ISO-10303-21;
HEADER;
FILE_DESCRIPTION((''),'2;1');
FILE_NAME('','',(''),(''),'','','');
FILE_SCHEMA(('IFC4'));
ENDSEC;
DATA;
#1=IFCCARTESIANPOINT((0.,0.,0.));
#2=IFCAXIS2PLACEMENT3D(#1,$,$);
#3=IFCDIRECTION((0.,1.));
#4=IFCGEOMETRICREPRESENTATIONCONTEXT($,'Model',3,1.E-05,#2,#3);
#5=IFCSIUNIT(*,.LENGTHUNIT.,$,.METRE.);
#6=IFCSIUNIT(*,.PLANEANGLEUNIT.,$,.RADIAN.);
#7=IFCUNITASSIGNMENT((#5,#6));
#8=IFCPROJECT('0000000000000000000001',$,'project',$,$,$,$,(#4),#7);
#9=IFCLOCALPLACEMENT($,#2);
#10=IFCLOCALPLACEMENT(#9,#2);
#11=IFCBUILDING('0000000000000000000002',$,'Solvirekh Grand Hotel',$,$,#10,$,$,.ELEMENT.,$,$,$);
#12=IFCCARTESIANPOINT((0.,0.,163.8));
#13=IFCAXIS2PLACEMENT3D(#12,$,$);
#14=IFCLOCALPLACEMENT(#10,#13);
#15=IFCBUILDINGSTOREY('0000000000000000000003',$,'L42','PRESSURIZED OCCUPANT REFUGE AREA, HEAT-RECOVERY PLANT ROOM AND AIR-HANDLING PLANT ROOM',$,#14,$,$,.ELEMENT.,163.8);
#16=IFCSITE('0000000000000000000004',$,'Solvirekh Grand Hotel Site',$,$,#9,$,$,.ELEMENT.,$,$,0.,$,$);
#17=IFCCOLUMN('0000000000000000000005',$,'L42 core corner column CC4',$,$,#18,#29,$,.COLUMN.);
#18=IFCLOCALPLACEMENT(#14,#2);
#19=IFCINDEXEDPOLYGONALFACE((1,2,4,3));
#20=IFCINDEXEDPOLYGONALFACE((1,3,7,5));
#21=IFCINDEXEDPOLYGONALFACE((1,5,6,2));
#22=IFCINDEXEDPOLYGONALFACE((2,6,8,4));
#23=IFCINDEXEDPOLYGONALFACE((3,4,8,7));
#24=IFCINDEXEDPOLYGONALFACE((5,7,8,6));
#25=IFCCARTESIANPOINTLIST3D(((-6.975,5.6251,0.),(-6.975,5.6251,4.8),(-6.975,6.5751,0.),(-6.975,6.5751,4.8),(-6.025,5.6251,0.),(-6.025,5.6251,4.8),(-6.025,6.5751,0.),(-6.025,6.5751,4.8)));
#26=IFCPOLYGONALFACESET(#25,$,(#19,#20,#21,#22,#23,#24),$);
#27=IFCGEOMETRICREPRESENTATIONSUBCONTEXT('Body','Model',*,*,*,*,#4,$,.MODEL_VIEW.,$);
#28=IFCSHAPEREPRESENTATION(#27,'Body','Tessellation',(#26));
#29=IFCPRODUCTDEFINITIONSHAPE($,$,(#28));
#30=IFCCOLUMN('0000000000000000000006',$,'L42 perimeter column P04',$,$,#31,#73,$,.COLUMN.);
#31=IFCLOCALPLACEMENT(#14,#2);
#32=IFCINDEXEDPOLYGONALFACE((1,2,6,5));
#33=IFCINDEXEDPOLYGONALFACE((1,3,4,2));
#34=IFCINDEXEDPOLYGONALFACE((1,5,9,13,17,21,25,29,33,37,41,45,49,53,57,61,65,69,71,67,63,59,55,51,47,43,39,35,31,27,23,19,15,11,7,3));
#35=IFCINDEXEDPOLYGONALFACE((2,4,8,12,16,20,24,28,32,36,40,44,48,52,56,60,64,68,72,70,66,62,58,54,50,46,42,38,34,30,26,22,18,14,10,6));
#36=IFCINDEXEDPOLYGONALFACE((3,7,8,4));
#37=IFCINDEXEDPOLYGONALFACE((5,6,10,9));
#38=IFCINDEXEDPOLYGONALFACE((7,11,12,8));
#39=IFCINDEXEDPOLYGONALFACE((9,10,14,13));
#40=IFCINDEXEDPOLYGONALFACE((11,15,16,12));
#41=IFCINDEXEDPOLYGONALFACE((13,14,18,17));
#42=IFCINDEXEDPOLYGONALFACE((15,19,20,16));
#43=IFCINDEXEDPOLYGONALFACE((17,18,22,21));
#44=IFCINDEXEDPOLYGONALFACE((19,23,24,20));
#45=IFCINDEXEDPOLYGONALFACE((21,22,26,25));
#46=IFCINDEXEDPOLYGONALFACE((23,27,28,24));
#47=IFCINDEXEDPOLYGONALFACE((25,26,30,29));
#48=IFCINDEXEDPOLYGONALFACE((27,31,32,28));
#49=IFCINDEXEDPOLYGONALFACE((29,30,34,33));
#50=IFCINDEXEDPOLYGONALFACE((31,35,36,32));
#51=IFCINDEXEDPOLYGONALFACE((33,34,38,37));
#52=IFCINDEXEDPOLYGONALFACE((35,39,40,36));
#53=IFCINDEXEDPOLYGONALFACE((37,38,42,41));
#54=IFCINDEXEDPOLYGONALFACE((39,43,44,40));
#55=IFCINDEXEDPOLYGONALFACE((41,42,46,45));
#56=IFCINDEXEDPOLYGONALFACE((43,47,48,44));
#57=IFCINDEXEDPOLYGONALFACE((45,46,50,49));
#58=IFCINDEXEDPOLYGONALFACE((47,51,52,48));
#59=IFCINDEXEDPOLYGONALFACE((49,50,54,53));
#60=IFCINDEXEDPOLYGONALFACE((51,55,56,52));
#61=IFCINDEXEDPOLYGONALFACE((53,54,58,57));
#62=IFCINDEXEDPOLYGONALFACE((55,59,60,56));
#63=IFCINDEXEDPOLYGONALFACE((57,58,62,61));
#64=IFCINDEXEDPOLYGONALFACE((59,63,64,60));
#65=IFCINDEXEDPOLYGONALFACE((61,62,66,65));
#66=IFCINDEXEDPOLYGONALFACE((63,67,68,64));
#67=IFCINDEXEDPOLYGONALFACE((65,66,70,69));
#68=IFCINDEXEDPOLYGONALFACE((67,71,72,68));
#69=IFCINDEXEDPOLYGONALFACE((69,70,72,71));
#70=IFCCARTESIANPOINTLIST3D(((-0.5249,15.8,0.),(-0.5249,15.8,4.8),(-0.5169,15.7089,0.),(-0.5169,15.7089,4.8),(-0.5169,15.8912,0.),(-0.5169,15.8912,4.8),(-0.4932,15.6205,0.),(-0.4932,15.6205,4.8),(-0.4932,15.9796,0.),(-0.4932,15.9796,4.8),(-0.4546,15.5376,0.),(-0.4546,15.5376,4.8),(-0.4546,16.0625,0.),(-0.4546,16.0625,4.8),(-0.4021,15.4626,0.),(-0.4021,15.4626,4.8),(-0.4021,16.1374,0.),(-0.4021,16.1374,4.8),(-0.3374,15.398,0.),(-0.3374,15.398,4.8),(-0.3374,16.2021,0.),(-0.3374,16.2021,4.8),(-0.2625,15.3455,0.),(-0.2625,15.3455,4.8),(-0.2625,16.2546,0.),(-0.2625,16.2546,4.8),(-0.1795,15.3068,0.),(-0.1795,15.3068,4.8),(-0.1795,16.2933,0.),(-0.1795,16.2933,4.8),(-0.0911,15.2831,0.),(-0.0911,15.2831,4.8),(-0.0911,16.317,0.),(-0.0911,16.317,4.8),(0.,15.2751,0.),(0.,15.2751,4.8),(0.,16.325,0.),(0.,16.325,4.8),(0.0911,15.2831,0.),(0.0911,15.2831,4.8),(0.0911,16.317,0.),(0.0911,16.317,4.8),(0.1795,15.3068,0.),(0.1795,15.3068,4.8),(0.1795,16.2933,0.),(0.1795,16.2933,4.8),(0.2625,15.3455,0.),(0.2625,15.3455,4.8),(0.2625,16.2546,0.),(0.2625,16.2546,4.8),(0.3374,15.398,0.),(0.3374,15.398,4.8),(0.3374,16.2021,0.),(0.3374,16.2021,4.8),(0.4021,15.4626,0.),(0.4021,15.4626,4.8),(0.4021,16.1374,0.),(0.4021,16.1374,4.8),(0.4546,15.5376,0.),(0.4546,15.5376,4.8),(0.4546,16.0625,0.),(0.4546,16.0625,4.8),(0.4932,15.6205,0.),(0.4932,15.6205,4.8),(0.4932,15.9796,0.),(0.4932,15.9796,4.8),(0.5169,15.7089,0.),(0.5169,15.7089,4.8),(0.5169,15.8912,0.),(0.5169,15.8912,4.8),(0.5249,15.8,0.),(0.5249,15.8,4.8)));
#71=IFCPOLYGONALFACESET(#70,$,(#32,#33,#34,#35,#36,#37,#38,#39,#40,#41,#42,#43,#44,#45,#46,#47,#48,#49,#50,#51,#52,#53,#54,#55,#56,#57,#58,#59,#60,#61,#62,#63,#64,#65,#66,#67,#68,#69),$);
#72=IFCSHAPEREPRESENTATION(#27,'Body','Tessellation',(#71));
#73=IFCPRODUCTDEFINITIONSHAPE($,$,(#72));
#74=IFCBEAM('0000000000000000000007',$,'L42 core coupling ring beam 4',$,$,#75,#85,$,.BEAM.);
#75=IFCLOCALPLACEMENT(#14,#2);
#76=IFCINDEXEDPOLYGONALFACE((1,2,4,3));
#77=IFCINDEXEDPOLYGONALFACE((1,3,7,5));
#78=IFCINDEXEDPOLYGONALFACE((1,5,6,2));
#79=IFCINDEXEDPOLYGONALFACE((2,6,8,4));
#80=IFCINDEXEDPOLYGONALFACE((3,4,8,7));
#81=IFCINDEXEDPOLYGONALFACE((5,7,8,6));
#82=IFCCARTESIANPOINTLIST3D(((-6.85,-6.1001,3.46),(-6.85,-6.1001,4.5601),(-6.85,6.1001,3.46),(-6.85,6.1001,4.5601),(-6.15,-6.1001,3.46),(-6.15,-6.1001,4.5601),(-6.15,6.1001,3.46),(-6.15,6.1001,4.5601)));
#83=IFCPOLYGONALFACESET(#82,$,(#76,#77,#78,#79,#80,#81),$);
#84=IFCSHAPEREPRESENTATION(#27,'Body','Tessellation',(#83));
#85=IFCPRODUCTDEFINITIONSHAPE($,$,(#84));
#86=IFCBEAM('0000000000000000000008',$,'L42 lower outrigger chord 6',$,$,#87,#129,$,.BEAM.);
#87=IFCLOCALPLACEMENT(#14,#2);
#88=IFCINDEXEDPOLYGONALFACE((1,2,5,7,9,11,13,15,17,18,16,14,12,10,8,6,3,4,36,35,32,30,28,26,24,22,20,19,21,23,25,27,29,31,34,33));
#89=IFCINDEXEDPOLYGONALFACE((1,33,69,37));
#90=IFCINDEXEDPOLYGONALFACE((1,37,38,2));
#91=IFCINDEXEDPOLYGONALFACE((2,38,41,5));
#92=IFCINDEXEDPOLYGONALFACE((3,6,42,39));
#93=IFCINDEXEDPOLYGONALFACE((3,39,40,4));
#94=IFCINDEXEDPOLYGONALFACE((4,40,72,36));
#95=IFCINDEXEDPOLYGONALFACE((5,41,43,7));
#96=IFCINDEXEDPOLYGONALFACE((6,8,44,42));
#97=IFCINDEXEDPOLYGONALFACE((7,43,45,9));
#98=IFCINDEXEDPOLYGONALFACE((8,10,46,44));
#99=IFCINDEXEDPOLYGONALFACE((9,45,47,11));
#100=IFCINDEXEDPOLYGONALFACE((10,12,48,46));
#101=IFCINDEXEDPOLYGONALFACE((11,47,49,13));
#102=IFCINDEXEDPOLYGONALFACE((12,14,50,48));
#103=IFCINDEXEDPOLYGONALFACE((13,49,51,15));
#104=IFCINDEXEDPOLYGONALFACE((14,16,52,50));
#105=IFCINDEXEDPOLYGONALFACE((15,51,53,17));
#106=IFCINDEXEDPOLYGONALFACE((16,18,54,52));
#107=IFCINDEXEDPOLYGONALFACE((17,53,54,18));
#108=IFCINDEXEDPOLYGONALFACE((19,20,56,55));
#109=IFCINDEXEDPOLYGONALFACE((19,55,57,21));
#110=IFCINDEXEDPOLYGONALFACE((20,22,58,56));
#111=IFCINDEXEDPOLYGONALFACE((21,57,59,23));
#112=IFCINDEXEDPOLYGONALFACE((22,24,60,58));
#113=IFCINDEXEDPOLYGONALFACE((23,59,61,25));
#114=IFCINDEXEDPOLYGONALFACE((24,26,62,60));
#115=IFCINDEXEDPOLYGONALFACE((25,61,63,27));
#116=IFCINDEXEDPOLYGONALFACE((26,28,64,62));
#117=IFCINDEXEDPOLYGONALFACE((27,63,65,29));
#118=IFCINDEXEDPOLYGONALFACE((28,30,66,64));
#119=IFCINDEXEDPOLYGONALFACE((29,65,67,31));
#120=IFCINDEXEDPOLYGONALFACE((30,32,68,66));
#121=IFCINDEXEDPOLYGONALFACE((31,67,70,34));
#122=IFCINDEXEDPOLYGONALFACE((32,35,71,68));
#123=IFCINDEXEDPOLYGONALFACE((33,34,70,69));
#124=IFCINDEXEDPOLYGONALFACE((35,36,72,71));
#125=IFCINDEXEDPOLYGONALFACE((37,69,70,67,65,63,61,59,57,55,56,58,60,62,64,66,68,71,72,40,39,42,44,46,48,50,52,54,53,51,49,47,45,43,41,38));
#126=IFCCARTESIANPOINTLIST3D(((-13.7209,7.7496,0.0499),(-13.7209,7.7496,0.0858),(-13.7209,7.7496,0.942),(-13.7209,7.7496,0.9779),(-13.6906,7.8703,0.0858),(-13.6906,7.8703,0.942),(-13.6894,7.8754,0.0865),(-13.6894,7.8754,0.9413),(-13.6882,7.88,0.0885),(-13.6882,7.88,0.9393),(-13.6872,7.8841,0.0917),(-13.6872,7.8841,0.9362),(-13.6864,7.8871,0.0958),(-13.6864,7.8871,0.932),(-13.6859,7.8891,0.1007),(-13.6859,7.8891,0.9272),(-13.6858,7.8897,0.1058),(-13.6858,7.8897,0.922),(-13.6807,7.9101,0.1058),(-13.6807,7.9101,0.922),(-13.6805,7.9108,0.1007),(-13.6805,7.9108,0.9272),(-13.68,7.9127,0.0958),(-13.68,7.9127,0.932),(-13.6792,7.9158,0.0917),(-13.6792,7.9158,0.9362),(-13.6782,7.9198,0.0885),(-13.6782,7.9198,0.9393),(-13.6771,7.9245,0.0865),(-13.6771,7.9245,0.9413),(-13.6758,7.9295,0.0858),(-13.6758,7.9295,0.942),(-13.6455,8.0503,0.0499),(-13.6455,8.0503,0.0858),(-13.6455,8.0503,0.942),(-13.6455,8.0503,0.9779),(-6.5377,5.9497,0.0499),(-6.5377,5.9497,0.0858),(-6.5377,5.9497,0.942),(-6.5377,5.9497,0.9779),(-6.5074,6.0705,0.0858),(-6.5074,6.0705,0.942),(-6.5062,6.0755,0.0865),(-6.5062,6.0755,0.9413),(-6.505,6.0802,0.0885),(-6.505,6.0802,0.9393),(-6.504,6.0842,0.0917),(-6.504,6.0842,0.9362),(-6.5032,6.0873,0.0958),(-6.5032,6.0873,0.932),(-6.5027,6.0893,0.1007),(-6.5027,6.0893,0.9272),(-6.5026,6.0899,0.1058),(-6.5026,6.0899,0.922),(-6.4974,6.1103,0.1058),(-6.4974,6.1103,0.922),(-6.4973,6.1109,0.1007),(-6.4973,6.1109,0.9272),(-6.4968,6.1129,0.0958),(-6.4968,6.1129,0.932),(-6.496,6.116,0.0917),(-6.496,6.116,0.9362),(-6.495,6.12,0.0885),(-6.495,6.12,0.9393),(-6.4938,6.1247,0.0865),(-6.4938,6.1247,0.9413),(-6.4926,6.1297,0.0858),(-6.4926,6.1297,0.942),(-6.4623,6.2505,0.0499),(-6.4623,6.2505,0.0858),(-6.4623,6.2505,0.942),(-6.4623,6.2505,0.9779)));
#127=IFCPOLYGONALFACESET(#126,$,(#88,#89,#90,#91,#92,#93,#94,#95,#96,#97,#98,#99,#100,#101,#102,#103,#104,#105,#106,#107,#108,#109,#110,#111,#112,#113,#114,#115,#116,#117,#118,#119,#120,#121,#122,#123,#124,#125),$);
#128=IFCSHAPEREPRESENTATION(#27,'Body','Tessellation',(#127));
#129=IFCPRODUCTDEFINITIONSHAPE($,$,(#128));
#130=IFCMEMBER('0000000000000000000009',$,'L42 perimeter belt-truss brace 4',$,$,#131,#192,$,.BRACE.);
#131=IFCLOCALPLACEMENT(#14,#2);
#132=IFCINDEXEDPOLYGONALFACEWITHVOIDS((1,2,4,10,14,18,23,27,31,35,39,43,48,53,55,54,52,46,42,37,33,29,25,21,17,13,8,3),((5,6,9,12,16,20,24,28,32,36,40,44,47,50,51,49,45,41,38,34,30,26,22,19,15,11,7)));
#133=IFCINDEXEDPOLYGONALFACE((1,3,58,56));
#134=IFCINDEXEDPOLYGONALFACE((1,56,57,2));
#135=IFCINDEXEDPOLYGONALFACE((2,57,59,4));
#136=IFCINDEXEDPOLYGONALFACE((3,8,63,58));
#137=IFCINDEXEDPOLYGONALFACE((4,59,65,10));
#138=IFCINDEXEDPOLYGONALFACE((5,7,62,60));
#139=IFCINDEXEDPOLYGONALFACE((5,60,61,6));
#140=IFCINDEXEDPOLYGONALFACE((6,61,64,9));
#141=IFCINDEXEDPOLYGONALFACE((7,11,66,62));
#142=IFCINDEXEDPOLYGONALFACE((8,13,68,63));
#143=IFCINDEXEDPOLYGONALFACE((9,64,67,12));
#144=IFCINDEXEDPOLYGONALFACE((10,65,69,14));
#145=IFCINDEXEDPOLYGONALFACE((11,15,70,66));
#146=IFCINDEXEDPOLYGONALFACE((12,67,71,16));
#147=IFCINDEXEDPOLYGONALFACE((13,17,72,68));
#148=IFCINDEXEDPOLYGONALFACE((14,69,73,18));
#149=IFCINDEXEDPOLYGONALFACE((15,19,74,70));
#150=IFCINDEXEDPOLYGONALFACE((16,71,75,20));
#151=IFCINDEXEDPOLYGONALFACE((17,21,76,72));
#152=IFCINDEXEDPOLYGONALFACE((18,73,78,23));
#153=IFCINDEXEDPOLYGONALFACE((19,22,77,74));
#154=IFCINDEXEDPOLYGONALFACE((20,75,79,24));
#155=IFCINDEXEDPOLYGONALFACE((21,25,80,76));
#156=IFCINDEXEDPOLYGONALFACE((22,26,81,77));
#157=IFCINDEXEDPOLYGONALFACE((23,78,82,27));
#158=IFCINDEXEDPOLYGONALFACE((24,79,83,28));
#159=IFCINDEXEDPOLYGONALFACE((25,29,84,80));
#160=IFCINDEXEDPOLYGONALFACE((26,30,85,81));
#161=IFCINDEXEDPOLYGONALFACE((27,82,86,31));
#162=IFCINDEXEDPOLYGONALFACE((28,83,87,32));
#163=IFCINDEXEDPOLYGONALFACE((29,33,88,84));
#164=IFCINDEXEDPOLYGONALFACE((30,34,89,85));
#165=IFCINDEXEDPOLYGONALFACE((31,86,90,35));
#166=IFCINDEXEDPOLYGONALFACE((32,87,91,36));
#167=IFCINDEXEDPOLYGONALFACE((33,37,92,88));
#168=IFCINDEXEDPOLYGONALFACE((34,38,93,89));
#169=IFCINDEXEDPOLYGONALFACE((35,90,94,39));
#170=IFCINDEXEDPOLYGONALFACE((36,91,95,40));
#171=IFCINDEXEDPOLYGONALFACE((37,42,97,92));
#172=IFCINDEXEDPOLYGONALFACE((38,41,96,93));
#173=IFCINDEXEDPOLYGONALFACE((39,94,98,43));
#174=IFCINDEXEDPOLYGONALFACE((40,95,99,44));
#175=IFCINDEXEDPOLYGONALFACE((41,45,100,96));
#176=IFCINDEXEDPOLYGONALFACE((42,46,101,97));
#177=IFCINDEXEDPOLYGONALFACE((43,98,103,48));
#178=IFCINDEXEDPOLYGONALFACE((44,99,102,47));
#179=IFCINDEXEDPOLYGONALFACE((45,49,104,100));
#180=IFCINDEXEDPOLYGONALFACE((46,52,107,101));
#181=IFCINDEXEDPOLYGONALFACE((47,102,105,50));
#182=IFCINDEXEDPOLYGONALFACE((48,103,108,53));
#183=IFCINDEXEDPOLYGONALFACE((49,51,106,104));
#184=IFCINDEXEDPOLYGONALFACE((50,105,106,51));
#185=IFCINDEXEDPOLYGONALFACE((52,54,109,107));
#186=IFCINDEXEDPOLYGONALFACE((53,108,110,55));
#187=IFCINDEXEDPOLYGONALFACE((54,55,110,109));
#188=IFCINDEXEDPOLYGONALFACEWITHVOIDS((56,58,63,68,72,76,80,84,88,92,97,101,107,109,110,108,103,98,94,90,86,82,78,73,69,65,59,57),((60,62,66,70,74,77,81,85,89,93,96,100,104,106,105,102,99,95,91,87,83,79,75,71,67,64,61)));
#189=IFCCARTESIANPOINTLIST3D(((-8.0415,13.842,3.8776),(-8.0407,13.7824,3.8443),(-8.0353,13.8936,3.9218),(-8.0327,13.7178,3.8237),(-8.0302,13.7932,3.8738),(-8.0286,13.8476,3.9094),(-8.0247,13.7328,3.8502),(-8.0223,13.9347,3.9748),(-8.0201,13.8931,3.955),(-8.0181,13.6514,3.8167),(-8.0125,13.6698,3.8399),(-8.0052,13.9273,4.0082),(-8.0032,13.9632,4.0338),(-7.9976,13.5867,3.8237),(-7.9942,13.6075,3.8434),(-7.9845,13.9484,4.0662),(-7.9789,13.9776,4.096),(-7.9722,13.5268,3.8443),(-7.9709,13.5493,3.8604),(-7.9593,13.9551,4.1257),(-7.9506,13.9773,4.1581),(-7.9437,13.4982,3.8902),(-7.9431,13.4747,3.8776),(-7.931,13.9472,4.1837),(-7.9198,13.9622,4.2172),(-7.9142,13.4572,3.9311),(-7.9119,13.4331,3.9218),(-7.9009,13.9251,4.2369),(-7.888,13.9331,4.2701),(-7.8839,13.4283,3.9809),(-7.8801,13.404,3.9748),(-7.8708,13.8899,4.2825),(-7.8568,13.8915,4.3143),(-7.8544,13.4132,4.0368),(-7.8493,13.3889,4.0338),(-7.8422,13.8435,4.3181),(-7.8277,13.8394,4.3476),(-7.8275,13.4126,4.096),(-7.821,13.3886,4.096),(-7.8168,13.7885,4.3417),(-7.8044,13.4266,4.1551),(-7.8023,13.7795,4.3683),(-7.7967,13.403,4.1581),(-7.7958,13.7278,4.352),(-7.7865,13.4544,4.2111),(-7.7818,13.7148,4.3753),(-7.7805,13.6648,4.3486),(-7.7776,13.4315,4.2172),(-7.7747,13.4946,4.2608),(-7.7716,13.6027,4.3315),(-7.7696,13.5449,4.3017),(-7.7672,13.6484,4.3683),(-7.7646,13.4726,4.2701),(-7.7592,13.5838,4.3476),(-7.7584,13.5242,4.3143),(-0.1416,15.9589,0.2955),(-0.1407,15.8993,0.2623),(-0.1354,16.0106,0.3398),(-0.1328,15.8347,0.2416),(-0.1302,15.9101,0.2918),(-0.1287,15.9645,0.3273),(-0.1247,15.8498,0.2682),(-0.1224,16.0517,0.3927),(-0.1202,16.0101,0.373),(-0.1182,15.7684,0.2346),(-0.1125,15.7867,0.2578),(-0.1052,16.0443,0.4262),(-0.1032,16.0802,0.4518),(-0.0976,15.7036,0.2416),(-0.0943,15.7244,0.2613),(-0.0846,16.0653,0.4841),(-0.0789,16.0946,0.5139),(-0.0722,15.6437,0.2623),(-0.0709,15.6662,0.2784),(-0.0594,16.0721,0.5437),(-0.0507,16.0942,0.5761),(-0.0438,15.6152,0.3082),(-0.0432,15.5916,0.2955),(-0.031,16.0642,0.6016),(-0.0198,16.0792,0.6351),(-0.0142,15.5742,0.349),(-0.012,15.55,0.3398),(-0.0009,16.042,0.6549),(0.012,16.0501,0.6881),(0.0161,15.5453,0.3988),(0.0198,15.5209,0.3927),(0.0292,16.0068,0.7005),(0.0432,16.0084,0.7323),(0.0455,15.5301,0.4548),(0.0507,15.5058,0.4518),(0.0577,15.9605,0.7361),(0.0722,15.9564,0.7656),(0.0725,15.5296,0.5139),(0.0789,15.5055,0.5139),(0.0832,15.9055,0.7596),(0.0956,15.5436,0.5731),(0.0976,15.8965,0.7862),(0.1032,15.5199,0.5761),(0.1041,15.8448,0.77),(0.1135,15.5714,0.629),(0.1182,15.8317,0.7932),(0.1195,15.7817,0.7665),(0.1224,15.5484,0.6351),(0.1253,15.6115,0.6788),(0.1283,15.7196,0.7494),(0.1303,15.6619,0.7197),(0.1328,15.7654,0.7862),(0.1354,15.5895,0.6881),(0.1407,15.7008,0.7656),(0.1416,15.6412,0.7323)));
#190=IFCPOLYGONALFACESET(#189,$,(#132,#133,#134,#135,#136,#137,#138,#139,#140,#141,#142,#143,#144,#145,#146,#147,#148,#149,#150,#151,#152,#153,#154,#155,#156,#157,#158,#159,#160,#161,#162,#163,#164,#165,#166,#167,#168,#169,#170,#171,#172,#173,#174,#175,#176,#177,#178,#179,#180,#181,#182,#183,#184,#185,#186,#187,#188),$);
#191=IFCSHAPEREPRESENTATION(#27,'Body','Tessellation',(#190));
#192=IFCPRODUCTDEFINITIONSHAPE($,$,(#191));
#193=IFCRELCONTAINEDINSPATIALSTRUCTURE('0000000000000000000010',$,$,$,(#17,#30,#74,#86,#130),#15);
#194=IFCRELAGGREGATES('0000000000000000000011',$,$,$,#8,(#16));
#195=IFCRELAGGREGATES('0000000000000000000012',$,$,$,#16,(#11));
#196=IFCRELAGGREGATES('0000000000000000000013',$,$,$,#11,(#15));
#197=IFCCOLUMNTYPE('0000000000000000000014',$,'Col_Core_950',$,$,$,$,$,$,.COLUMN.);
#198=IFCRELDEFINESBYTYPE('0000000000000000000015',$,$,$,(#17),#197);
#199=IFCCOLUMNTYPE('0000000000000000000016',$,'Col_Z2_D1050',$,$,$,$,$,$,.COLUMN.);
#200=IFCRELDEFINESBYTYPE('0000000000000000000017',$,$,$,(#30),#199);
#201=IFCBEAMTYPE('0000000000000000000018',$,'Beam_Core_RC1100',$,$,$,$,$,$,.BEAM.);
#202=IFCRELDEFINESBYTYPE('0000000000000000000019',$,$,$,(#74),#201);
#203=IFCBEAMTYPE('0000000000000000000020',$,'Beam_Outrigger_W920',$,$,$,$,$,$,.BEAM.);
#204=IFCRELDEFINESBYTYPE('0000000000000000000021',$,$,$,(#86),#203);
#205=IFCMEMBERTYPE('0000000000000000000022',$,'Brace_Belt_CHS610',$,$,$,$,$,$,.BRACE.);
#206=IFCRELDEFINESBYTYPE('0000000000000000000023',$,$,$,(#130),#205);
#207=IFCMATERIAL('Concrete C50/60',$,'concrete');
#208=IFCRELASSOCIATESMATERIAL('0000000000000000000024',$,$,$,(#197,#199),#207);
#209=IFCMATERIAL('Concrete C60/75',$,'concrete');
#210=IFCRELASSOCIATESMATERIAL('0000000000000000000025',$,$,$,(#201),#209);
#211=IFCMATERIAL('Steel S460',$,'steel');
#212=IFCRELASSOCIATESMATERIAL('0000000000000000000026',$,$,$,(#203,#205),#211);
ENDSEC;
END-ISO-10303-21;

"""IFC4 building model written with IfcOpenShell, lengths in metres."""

from ifc_helpers import new_model, si_unit, direction, frame, origin, origin_2d, place, context, subcontext, project, spatial, rectangle, circle, hollow_circle, i_section, extrude, material, material_profile, profile_set, type_object, element, save


model = new_model("IFC4")

# Units and contexts
model_context = context("Model", 3, precision=1e-05, world=origin(), true_north=direction((0.0, 1.0)))
body_context = subcontext(model_context, "Body", "Model", "MODEL_VIEW")
ifc_project = project(units=[si_unit("LENGTHUNIT", "METRE"), si_unit("PLANEANGLEUNIT", "RADIAN")], contexts=[model_context])

# Site, building, storey
site_placement = place(None, origin())
site = spatial("IfcSite", under=ifc_project, at=site_placement, Name="Solvirekh Grand Hotel Site", CompositionType="ELEMENT", RefElevation=0.0)
building_placement = place(site_placement, origin())
building = spatial("IfcBuilding", under=site, at=building_placement, Name="Solvirekh Grand Hotel", CompositionType="ELEMENT")
storey_placement = place(building_placement, frame((0.0, 0.0, 163.8)))
storey = spatial("IfcBuildingStorey", under=building, at=storey_placement, Name="L42", Description="PRESSURIZED OCCUPANT REFUGE AREA, HEAT-RECOVERY PLANT ROOM AND AIR-HANDLING PLANT ROOM", CompositionType="ELEMENT", Elevation=163.8)

# Columns
ifc_material_1 = material(Name="Concrete C50/60", Category="concrete")
ifc_material_profile_1 = material_profile(ifc_material_1, rectangle(XDim=0.95, YDim=0.95, at=origin_2d()), Name="RC 950X950")
ifc_profile_set_1 = profile_set([ifc_material_profile_1], Name="Concrete C50/60")
column_type_1 = type_object("IfcColumnType", Name="Col_Core_950", PredefinedType="COLUMN", material=ifc_profile_set_1)
column_1_placement = place(storey_placement, frame((-6.5, 6.1001, 0.0), z_axis=(0.0, 0.0, 1.0), x_axis=(1.0, 0.0, 0.0)))
element("IfcColumn", 1, at=column_1_placement, inside=storey, type_object=column_type_1, Name="L42 core corner column CC4", PredefinedType="COLUMN", context=body_context, shape_type="SweptSolid", body=[
    extrude(rectangle(XDim=0.95, YDim=0.95, at=origin_2d()), origin(), (0.0, 0.0, 1.0), 4.8),
])
ifc_material_profile_2 = material_profile(ifc_material_1, circle(Radius=0.5249, at=origin_2d()), Name="RC CIRC D1050")
ifc_profile_set_2 = profile_set([ifc_material_profile_2], Name="Concrete C50/60")
column_type_2 = type_object("IfcColumnType", Name="Col_Z2_D1050", PredefinedType="COLUMN", material=ifc_profile_set_2)
column_2_placement = place(storey_placement, frame((0.0, 15.8, 0.0), z_axis=(0.0, 0.0, 1.0), x_axis=(1.0, 0.0, 0.0)))
element("IfcColumn", 2, at=column_2_placement, inside=storey, type_object=column_type_2, Name="L42 perimeter column P04", PredefinedType="COLUMN", context=body_context, shape_type="SweptSolid", body=[
    extrude(circle(Radius=0.5249, at=origin_2d()), origin(), (0.0, 0.0, 1.0), 4.8),
])

# Beams
ifc_material_2 = material(Name="Concrete C60/75", Category="concrete")
ifc_material_profile_3 = material_profile(ifc_material_2, rectangle(XDim=0.7, YDim=1.1001, at=origin_2d()), Name="RC BEAM 700X1100")
ifc_profile_set_3 = profile_set([ifc_material_profile_3], Name="Concrete C60/75")
beam_type_1 = type_object("IfcBeamType", Name="Beam_Core_RC1100", PredefinedType="BEAM", material=ifc_profile_set_3)
beam_1_placement = place(storey_placement, frame((-6.5, 6.1001, 4.01), z_axis=(0.0, -1.0, 0.0), x_axis=(1.0, 0.0, 0.0)))
element("IfcBeam", 3, at=beam_1_placement, inside=storey, type_object=beam_type_1, Name="L42 core coupling ring beam 4", PredefinedType="BEAM", context=body_context, shape_type="SweptSolid", body=[
    extrude(rectangle(XDim=0.7, YDim=1.1001, at=origin_2d()), origin(), (0.0, 0.0, 1.0), 12.2002),
])
ifc_material_3 = material(Name="Steel S460", Category="steel")
ifc_material_profile_4 = material_profile(ifc_material_3, i_section(OverallWidth=0.3101, OverallDepth=0.928, WebThickness=0.021, FlangeThickness=0.0359, FilletRadius=0.02, at=origin_2d()), Name="W920X342")
ifc_profile_set_4 = profile_set([ifc_material_profile_4], Name="Steel S460")
beam_type_2 = type_object("IfcBeamType", Name="Beam_Outrigger_W920", PredefinedType="BEAM", material=ifc_profile_set_4)
beam_2_placement = place(storey_placement, frame((-6.5, 6.1001, 0.5139), z_axis=(-0.970014, 0.243048, 0.0), x_axis=(-0.243048, -0.970014, 0.0)))
element("IfcBeam", 4, at=beam_2_placement, inside=storey, type_object=beam_type_2, Name="L42 lower outrigger chord 6", PredefinedType="BEAM", context=body_context, shape_type="SweptSolid", body=[
    extrude(i_section(OverallWidth=0.3101, OverallDepth=0.928, WebThickness=0.021, FlangeThickness=0.0359, FilletRadius=0.02, at=origin_2d()), origin(), (0.0, 0.0, 1.0), 7.4053),
])

# Member
ifc_material_profile_5 = material_profile(ifc_material_3, hollow_circle(Radius=0.3049, WallThickness=0.0249, at=origin_2d()), Name="CHS 610X25")
ifc_profile_set_5 = profile_set([ifc_material_profile_5], Name="Steel S460")
member_type_1 = type_object("IfcMemberType", Name="Brace_Belt_CHS610", PredefinedType="BRACE", material=ifc_profile_set_5)
member_1_placement = place(storey_placement, frame((0.0, 15.8, 0.5139), z_axis=(-0.884781, -0.237095, 0.401184), x_axis=(0.258839, -0.965921, 0.0)))
element("IfcMember", 5, at=member_1_placement, inside=storey, type_object=member_type_1, Name="L42 perimeter belt-truss brace 4", PredefinedType="BRACE", context=body_context, shape_type="SweptSolid", body=[
    extrude(hollow_circle(Radius=0.3049, WallThickness=0.0249, at=origin_2d()), origin(), (0.0, 0.0, 1.0), 8.9287),
])

save(model, "model.ifc")
